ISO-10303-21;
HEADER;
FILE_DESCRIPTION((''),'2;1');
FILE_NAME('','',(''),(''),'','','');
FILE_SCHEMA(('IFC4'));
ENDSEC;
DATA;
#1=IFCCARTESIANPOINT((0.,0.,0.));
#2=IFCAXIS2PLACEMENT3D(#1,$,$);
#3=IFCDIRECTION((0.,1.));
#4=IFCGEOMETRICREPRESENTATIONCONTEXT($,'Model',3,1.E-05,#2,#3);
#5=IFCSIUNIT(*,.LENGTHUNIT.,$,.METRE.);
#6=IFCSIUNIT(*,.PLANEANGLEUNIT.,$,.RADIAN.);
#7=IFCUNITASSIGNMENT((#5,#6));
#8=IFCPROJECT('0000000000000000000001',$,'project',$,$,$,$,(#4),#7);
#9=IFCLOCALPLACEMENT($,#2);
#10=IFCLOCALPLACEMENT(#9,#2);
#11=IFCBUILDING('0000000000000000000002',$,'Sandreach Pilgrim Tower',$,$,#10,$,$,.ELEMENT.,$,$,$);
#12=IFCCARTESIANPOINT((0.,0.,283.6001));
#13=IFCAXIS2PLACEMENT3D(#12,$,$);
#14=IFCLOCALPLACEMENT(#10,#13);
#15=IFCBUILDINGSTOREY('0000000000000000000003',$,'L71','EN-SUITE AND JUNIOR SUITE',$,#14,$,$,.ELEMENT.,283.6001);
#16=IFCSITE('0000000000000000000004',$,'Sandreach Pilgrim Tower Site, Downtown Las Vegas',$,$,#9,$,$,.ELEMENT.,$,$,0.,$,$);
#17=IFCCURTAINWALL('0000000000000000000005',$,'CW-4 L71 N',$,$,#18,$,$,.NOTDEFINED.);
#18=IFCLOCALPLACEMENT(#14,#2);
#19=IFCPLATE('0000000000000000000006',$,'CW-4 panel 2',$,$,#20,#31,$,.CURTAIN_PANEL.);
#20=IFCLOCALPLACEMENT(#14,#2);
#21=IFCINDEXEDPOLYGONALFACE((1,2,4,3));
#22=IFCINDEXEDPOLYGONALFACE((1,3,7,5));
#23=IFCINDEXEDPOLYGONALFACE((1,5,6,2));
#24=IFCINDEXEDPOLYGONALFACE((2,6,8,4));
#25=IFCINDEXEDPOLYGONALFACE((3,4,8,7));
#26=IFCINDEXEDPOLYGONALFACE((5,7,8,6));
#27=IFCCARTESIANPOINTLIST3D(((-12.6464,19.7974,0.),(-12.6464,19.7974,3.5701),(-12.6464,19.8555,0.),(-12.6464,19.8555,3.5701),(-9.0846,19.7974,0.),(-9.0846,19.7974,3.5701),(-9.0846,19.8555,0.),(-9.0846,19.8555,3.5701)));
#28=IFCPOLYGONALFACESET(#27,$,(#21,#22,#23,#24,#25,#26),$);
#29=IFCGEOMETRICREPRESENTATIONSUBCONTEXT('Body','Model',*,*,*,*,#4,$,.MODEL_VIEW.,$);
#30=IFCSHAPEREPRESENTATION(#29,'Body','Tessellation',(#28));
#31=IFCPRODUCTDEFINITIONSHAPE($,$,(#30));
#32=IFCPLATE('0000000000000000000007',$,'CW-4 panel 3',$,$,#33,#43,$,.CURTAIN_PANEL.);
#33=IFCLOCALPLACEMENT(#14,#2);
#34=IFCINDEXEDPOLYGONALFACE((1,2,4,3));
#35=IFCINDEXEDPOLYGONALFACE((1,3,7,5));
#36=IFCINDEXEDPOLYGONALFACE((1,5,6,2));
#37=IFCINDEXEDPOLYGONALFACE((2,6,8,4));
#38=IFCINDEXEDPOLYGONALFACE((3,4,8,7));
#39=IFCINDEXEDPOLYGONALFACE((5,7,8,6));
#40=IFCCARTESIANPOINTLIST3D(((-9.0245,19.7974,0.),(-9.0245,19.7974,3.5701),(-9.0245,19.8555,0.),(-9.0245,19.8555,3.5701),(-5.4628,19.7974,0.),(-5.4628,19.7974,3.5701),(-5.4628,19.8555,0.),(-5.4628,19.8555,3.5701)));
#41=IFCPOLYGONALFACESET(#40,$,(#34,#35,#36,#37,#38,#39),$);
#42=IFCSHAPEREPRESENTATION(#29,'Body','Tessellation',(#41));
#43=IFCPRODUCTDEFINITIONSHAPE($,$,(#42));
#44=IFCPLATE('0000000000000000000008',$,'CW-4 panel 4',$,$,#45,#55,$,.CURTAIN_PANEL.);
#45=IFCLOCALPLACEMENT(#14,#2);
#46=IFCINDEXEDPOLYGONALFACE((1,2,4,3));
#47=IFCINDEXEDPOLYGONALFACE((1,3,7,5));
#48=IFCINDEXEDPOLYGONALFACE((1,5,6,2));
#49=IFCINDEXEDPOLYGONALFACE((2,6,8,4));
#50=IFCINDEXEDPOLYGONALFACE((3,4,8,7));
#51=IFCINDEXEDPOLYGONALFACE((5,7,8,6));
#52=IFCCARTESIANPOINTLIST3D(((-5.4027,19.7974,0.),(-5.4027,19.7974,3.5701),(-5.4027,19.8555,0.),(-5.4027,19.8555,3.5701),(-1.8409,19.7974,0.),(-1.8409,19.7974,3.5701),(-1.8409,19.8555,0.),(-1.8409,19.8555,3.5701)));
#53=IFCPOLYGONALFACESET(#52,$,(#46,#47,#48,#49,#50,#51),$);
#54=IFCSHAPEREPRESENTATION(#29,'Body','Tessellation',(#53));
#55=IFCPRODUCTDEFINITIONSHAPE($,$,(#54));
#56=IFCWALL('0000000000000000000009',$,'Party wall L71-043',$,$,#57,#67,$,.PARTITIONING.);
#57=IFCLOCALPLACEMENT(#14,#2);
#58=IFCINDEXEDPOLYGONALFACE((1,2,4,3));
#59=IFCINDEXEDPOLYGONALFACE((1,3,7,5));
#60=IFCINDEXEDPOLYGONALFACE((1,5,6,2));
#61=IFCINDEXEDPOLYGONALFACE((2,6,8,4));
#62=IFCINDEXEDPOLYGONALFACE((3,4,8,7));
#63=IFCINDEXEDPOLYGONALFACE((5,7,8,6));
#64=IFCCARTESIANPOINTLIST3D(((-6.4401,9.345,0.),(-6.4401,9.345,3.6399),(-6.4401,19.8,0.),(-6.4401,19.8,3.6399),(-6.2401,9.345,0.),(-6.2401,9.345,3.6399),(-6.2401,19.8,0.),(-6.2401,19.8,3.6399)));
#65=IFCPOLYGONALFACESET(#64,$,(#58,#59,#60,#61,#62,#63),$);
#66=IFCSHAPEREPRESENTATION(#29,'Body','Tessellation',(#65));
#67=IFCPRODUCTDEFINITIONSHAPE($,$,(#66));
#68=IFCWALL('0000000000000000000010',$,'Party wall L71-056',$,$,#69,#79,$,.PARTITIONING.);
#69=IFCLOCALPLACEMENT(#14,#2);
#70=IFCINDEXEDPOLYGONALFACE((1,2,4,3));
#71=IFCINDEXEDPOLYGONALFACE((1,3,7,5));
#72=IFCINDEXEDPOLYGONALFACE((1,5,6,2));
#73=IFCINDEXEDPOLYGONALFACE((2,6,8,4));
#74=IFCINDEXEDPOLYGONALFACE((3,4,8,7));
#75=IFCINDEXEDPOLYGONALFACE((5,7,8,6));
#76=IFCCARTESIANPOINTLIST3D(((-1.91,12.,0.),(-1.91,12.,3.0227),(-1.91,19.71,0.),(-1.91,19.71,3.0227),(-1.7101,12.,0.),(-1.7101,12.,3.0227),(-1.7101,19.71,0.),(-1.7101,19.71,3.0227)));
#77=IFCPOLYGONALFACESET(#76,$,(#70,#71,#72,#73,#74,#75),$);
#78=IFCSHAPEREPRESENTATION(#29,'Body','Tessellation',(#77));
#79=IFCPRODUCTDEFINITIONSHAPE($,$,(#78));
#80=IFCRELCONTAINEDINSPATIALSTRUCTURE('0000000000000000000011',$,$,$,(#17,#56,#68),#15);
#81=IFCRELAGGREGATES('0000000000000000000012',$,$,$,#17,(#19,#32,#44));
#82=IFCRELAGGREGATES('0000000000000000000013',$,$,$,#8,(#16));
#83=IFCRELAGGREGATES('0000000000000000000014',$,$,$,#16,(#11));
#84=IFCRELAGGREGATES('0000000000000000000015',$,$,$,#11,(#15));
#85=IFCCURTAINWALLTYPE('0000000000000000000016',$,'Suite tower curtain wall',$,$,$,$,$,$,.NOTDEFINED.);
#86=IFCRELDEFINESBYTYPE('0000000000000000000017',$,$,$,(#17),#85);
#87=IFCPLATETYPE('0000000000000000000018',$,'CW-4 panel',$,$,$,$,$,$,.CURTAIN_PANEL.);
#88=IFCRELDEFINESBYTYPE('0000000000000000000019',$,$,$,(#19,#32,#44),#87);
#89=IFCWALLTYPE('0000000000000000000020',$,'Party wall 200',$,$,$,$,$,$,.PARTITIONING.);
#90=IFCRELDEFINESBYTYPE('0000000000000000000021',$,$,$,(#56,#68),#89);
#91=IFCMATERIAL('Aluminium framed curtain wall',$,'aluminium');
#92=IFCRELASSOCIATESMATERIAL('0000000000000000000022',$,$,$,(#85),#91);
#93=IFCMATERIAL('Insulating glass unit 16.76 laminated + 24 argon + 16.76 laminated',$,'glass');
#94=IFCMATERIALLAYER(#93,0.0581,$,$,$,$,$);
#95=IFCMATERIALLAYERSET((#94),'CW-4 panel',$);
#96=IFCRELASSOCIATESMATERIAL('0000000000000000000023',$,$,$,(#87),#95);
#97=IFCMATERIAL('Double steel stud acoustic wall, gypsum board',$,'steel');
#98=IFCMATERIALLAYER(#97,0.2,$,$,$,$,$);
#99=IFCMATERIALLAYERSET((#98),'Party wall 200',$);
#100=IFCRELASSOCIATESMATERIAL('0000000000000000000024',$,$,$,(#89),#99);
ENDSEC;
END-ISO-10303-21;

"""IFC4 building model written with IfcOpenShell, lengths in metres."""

from ifc_helpers import new_model, si_unit, direction, frame, frame_2d, origin, origin_2d, place, context, subcontext, project, spatial, rectangle, extrude, material, layer, layer_set, type_object, element, aggregate, save


model = new_model("IFC4")

# Units and contexts
model_context = context("Model", 3, precision=1e-05, world=origin(), true_north=direction((0.0, 1.0)))
body_context = subcontext(model_context, "Body", "Model", "MODEL_VIEW")
ifc_project = project(units=[si_unit("LENGTHUNIT", "METRE"), si_unit("PLANEANGLEUNIT", "RADIAN")], contexts=[model_context])

# Site, building, storey
site_placement = place(None, origin())
site = spatial("IfcSite", under=ifc_project, at=site_placement, Name="Sandreach Pilgrim Tower Site, Downtown Las Vegas", CompositionType="ELEMENT", RefElevation=0.0)
building_placement = place(site_placement, origin())
building = spatial("IfcBuilding", under=site, at=building_placement, Name="Sandreach Pilgrim Tower", CompositionType="ELEMENT")
storey_placement = place(building_placement, frame((0.0, 0.0, 283.6001)))
storey = spatial("IfcBuildingStorey", under=building, at=storey_placement, Name="L71", Description="EN-SUITE AND JUNIOR SUITE", CompositionType="ELEMENT", Elevation=283.6001)

# Curtain wall
ifc_material_1 = material(Name="Aluminium framed curtain wall", Category="aluminium")
curtain_wall_type = type_object("IfcCurtainWallType", Name="Suite tower curtain wall", PredefinedType="NOTDEFINED", material=ifc_material_1)
curtain_wall_placement = place(storey_placement, origin())
curtain_wall = element("IfcCurtainWall", 1, at=curtain_wall_placement, inside=storey, type_object=curtain_wall_type, Name="CW-4 L71 N", PredefinedType="NOTDEFINED")

# Plates
ifc_material_2 = material(Name="Insulating glass unit 16.76 laminated + 24 argon + 16.76 laminated", Category="glass")
ifc_layer_1 = layer(ifc_material_2, 0.0581)
ifc_layer_set_1 = layer_set([ifc_layer_1], Name="CW-4 panel")
plate_type = type_object("IfcPlateType", Name="CW-4 panel", PredefinedType="CURTAIN_PANEL", material=ifc_layer_set_1)
plate_1_placement = place(storey_placement, frame((-10.8655, 19.8264, 0.0), z_axis=(0.0, 0.0, 1.0), x_axis=(1.0, 0.0, 0.0)))
plate_1 = element("IfcPlate", 2, at=plate_1_placement, type_object=plate_type, Name="CW-4 panel 2", PredefinedType="CURTAIN_PANEL", context=body_context, shape_type="SweptSolid", body=[
    extrude(rectangle(XDim=3.5618, YDim=0.0581, at=origin_2d()), origin(), (0.0, 0.0, 1.0), 3.5701),
])
plate_2_placement = place(storey_placement, frame((-7.2437, 19.8264, 0.0), z_axis=(0.0, 0.0, 1.0), x_axis=(1.0, 0.0, 0.0)))
plate_2 = element("IfcPlate", 3, at=plate_2_placement, type_object=plate_type, Name="CW-4 panel 3", PredefinedType="CURTAIN_PANEL", context=body_context, shape_type="SweptSolid", body=[
    extrude(rectangle(XDim=3.5618, YDim=0.0581, at=origin_2d()), origin(), (0.0, 0.0, 1.0), 3.5701),
])
plate_3_placement = place(storey_placement, frame((-3.6218, 19.8264, 0.0), z_axis=(0.0, 0.0, 1.0), x_axis=(1.0, 0.0, 0.0)))
plate_3 = element("IfcPlate", 4, at=plate_3_placement, type_object=plate_type, Name="CW-4 panel 4", PredefinedType="CURTAIN_PANEL", context=body_context, shape_type="SweptSolid", body=[
    extrude(rectangle(XDim=3.5618, YDim=0.0581, at=origin_2d()), origin(), (0.0, 0.0, 1.0), 3.5701),
])
aggregate(curtain_wall, [plate_1, plate_2, plate_3])

# Walls
ifc_material_3 = material(Name="Double steel stud acoustic wall, gypsum board", Category="steel")
ifc_layer_2 = layer(ifc_material_3, 0.2)
ifc_layer_set_2 = layer_set([ifc_layer_2], Name="Party wall 200")
wall_type = type_object("IfcWallType", Name="Party wall 200", PredefinedType="PARTITIONING", material=ifc_layer_set_2)
wall_1_placement = place(storey_placement, frame((-6.3401, 19.8, 0.0), z_axis=(0.0, 0.0, 1.0), x_axis=(0.0, -1.0, 0.0)))
element("IfcWall", 5, at=wall_1_placement, inside=storey, type_object=wall_type, Name="Party wall L71-043", PredefinedType="PARTITIONING", context=body_context, shape_type="SweptSolid", body=[
    extrude(rectangle(XDim=10.4551, YDim=0.2, at=frame_2d((5.2275, 0.0))), origin(), (0.0, 0.0, 1.0), 3.6399),
])
wall_2_placement = place(storey_placement, frame((-1.8101, 19.71, 0.0), z_axis=(0.0, 0.0, 1.0), x_axis=(0.0, -1.0, 0.0)))
element("IfcWall", 6, at=wall_2_placement, inside=storey, type_object=wall_type, Name="Party wall L71-056", PredefinedType="PARTITIONING", context=body_context, shape_type="SweptSolid", body=[
    extrude(rectangle(XDim=7.71, YDim=0.2, at=frame_2d((3.855, 0.0))), origin(), (0.0, 0.0, 1.0), 3.0227),
])

save(model, "model.ifc")
